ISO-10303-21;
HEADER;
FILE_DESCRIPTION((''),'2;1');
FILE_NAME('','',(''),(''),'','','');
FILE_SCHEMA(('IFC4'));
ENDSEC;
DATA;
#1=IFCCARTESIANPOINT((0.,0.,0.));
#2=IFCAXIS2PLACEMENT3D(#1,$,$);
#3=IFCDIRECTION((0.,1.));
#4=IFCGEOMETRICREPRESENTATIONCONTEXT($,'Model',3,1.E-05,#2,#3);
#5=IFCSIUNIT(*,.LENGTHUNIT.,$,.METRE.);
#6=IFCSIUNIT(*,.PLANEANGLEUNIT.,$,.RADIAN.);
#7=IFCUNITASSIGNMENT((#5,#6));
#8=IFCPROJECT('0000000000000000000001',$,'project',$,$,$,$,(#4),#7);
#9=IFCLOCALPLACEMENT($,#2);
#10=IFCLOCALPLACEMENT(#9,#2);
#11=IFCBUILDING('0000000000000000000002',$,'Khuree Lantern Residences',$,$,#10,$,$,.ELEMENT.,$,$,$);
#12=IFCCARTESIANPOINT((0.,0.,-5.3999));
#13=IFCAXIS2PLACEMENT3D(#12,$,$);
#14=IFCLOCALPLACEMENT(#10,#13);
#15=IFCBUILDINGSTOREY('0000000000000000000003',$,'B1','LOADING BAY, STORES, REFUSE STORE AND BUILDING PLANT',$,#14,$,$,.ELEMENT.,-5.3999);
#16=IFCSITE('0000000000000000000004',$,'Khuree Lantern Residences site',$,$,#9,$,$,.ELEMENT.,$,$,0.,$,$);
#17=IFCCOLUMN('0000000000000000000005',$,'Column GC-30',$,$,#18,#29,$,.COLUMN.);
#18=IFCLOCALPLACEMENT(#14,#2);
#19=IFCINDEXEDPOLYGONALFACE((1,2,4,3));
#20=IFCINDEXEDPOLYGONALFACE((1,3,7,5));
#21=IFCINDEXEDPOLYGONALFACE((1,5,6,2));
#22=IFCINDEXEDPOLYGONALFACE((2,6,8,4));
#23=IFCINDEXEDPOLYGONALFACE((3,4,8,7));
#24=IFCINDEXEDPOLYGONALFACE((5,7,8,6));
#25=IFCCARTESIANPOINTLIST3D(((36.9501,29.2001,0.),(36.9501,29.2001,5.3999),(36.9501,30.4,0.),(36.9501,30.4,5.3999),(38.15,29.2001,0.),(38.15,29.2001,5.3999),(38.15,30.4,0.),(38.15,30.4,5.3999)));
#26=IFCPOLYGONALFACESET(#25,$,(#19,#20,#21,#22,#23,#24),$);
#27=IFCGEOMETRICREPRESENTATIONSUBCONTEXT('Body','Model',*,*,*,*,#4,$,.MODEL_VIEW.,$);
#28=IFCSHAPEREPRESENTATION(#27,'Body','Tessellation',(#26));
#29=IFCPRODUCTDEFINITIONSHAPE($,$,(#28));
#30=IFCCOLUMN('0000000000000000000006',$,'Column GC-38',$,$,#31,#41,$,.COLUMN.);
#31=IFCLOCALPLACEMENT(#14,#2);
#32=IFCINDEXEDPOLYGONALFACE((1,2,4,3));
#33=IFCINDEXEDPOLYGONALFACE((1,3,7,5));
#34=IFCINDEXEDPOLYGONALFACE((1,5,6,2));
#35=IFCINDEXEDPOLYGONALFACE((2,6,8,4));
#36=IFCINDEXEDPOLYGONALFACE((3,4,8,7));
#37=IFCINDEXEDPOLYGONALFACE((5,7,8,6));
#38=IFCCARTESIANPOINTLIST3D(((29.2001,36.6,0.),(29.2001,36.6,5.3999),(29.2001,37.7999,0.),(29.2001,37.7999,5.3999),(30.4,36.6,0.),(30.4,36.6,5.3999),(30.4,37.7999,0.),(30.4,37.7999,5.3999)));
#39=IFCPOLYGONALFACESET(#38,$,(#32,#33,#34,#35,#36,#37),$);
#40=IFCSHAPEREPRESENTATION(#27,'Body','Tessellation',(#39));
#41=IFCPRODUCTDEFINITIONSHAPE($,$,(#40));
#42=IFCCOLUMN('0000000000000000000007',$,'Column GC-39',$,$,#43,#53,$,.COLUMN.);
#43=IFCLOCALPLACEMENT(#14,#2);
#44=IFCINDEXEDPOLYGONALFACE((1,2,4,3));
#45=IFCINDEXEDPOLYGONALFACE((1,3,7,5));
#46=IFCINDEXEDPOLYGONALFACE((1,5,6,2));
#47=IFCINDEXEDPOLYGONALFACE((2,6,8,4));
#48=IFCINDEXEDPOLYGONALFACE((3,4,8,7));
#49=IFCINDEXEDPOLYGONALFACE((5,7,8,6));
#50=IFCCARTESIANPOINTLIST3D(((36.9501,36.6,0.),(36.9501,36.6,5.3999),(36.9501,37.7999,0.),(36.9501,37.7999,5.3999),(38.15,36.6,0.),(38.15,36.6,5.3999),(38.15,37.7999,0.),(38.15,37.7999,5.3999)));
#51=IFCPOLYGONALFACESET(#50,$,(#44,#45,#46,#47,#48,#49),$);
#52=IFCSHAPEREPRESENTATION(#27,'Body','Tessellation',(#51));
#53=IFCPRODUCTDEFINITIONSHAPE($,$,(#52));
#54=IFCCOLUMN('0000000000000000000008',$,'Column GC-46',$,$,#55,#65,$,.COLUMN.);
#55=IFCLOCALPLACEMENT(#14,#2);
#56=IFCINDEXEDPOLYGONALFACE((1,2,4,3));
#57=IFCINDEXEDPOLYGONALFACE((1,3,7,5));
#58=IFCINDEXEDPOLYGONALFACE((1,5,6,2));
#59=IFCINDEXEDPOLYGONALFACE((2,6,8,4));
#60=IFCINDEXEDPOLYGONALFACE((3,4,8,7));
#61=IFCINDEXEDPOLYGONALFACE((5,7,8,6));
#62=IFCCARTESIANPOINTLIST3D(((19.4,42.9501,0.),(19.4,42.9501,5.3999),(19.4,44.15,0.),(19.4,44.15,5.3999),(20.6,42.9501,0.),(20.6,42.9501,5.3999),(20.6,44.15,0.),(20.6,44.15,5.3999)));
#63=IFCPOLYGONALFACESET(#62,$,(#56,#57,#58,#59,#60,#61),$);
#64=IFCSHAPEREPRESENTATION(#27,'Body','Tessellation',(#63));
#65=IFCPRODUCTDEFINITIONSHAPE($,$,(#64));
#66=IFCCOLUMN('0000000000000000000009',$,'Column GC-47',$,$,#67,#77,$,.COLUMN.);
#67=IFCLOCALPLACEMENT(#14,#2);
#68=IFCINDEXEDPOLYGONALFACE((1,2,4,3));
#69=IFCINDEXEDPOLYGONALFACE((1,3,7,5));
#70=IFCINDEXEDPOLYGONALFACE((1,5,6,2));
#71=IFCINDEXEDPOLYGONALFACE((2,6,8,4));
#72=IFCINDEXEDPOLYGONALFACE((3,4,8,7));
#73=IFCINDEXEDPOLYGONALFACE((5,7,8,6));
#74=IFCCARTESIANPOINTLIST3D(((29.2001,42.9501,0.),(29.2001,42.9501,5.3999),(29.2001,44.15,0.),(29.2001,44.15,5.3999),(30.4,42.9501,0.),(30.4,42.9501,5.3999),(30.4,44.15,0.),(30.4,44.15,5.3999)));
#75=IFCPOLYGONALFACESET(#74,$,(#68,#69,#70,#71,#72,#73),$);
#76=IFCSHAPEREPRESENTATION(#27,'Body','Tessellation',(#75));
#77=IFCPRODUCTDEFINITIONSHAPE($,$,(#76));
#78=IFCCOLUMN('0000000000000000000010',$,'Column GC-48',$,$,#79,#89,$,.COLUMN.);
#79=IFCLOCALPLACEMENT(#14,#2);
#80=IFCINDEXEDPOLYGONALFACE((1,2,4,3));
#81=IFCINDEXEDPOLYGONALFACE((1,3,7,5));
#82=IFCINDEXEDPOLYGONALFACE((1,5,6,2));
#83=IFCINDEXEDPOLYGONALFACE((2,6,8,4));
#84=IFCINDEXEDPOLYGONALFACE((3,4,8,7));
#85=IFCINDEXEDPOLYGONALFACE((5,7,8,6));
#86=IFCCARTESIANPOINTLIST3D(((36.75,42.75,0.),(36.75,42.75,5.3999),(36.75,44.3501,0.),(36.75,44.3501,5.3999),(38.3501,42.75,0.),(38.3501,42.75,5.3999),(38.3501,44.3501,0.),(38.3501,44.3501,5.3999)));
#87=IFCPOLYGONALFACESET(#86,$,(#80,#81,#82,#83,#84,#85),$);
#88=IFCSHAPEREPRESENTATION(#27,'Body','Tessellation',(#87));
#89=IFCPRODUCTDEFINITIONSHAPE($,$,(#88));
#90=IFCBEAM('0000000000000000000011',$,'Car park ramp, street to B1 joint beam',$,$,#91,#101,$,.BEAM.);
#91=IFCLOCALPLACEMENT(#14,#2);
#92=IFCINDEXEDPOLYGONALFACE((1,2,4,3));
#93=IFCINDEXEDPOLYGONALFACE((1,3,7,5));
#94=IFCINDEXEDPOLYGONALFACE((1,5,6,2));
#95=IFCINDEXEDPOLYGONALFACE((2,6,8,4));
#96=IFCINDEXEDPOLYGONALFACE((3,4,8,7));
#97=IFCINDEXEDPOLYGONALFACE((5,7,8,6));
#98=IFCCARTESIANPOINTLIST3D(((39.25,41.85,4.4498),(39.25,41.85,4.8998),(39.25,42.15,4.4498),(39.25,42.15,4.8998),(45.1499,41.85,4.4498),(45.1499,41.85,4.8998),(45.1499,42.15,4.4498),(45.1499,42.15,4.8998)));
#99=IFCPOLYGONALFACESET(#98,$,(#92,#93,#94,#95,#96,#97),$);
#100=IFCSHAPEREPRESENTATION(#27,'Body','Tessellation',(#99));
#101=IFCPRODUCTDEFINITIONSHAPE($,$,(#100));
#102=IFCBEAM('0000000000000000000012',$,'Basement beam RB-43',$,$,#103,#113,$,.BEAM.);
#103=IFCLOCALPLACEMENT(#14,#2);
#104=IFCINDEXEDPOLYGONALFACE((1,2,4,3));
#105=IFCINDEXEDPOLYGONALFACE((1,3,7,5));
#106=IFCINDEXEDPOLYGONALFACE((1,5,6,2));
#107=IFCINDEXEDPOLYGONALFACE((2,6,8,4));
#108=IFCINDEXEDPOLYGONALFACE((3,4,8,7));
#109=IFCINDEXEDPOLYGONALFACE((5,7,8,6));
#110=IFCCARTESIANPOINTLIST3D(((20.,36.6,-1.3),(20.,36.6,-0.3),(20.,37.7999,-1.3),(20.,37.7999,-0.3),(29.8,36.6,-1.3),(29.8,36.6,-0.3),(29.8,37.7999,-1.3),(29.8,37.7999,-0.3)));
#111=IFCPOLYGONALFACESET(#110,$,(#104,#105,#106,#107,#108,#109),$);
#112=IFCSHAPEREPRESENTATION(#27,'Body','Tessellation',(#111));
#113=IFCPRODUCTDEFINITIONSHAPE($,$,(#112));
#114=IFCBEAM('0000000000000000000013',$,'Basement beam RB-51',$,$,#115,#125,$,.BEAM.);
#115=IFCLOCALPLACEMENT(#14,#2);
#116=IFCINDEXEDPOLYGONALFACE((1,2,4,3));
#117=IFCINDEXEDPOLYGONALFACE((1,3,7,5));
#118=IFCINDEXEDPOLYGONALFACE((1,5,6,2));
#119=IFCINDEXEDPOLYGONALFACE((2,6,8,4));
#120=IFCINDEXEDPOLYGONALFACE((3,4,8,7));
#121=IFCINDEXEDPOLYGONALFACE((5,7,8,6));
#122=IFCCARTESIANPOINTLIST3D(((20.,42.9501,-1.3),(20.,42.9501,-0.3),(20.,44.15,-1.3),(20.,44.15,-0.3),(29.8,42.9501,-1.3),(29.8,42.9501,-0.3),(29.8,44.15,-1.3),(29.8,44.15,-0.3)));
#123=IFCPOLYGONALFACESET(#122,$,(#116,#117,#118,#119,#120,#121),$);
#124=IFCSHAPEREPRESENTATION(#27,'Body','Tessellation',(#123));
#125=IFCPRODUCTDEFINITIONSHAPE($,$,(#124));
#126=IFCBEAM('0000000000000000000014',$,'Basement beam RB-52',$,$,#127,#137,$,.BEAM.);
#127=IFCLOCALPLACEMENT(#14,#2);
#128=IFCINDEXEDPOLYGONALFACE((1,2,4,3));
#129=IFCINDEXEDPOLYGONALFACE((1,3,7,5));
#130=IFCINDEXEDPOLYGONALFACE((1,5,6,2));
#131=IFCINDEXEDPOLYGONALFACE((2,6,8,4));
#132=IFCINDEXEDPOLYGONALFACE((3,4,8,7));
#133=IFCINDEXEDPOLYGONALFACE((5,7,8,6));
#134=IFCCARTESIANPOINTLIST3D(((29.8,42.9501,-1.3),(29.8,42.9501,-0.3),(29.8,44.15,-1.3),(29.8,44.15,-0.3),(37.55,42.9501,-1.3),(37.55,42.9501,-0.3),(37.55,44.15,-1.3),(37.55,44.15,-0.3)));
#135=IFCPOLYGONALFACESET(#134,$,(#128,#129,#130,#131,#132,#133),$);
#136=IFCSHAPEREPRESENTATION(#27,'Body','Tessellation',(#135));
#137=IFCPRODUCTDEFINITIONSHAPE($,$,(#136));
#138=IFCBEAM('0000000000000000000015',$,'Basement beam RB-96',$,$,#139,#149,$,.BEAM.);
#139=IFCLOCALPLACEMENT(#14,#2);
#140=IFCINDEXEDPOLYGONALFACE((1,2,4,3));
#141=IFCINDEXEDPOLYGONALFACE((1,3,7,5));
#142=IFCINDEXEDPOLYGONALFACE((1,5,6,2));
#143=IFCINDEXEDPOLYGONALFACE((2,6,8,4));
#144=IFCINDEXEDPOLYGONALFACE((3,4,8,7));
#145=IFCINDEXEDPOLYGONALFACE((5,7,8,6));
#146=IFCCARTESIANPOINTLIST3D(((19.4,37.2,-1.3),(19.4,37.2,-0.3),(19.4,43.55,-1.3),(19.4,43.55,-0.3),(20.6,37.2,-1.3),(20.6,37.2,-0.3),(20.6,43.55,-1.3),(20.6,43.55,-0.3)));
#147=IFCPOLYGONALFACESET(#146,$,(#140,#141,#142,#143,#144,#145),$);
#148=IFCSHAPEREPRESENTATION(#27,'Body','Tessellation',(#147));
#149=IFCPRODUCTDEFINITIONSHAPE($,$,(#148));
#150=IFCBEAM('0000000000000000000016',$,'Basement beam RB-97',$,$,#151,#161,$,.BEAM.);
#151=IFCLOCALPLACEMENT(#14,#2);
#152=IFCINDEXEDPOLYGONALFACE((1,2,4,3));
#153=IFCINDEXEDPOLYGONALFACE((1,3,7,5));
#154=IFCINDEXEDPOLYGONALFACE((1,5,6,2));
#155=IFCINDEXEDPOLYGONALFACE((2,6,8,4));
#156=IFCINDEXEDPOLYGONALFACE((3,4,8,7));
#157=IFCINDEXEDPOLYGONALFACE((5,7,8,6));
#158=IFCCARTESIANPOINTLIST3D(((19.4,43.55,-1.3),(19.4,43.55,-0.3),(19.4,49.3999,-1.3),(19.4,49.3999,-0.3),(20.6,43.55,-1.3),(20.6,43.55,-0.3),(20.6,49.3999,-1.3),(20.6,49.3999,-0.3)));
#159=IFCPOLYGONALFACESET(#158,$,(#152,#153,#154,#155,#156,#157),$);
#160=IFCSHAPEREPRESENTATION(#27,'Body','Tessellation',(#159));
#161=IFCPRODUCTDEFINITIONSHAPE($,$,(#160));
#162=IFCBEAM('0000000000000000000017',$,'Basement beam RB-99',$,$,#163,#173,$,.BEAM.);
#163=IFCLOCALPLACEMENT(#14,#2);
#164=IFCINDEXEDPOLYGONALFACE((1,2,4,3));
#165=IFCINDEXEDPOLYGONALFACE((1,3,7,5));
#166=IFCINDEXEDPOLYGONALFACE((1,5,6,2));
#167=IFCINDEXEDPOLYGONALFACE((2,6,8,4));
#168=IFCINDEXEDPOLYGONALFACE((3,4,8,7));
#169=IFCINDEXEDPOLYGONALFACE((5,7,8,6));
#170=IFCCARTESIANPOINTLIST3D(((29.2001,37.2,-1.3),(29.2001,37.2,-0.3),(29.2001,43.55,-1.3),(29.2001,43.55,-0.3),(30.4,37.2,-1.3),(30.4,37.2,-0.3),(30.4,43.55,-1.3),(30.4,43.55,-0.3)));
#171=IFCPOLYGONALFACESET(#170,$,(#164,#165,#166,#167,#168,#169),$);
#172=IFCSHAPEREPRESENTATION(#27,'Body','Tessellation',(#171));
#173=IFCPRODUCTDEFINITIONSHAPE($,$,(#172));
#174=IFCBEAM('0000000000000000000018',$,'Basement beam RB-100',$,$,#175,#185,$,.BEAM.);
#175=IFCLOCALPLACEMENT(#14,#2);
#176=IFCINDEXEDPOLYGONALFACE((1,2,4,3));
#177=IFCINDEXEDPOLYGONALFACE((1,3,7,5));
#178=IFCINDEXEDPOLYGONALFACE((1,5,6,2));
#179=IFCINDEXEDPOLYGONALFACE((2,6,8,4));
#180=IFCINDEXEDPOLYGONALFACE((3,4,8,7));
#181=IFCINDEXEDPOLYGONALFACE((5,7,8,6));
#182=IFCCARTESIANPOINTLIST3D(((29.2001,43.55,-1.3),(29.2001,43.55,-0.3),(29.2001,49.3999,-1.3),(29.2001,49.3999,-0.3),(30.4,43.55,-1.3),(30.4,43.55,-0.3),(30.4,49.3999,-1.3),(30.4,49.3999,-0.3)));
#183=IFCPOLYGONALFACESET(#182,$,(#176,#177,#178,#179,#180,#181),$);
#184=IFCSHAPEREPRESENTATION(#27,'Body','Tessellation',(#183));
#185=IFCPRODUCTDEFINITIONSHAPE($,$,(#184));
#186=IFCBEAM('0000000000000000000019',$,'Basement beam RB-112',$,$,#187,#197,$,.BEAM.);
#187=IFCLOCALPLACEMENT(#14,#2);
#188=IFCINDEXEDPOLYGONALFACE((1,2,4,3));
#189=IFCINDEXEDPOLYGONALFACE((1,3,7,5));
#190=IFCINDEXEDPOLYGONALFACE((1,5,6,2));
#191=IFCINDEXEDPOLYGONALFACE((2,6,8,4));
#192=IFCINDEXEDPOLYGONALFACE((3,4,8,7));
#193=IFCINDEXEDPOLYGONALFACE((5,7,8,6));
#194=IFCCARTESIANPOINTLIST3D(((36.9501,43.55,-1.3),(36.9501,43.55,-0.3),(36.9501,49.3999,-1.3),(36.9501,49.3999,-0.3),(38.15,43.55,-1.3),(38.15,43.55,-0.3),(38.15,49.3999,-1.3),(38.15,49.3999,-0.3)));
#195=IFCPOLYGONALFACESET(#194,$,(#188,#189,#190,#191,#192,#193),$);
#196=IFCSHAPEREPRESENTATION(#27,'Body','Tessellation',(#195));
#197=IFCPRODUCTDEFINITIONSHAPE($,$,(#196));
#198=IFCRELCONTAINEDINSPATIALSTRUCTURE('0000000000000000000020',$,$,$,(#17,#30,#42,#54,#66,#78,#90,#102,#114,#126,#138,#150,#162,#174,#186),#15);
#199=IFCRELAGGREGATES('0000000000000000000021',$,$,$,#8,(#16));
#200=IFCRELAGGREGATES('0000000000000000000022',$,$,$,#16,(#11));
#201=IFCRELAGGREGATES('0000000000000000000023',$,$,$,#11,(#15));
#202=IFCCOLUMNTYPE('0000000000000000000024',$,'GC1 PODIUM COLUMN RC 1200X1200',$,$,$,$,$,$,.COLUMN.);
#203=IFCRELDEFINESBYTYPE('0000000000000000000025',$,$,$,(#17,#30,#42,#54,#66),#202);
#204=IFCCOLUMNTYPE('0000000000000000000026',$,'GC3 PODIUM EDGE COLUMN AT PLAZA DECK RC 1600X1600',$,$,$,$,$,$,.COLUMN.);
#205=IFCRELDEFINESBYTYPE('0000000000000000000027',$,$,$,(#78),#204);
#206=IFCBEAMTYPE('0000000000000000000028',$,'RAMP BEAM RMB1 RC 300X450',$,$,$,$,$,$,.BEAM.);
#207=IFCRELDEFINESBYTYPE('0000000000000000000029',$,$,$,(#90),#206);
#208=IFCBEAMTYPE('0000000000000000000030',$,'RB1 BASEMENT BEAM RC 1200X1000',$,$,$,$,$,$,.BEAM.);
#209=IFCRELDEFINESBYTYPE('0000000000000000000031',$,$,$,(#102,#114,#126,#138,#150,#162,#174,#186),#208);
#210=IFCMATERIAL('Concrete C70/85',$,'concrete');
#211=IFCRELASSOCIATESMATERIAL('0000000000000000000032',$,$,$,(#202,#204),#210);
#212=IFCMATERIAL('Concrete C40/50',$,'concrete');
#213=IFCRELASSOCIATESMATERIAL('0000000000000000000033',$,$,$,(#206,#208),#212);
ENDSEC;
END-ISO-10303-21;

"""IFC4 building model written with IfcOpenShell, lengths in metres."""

from ifc_helpers import new_model, si_unit, direction, frame, origin, origin_2d, place, context, subcontext, project, spatial, rectangle, extrude, material, material_profile, profile_set, type_object, element, save


model = new_model("IFC4")

# Units and contexts
model_context = context("Model", 3, precision=1e-05, world=origin(), true_north=direction((0.0, 1.0)))
body_context = subcontext(model_context, "Body", "Model", "MODEL_VIEW")
ifc_project = project(units=[si_unit("LENGTHUNIT", "METRE"), si_unit("PLANEANGLEUNIT", "RADIAN")], contexts=[model_context])

# Site, building, storey
site_placement = place(None, origin())
site = spatial("IfcSite", under=ifc_project, at=site_placement, Name="Khuree Lantern Residences site", CompositionType="ELEMENT", RefElevation=0.0)
building_placement = place(site_placement, origin())
building = spatial("IfcBuilding", under=site, at=building_placement, Name="Khuree Lantern Residences", CompositionType="ELEMENT")
storey_placement = place(building_placement, frame((0.0, 0.0, -5.3999)))
storey = spatial("IfcBuildingStorey", under=building, at=storey_placement, Name="B1", Description="LOADING BAY, STORES, REFUSE STORE AND BUILDING PLANT", CompositionType="ELEMENT", Elevation=-5.3999)

# Columns
ifc_material_1 = material(Name="Concrete C70/85", Category="concrete")
ifc_material_profile_1 = material_profile(ifc_material_1, rectangle(XDim=1.2, YDim=1.2, at=origin_2d()), Name="RC 1200X1200")
ifc_profile_set_1 = profile_set([ifc_material_profile_1], Name="Concrete C70/85")
column_type_1 = type_object("IfcColumnType", Name="GC1 PODIUM COLUMN RC 1200X1200", PredefinedType="COLUMN", material=ifc_profile_set_1)
for number, where, z_axis, x_axis, name in (
    (1, (37.55, 29.8, 0.0), (0.0, 0.0, 1.0), (1.0, 0.0, 0.0), "Column GC-30"),
    (2, (29.8, 37.2, 0.0), (0.0, 0.0, 1.0), (1.0, 0.0, 0.0), "Column GC-38"),
    (3, (37.55, 37.2, 0.0), (0.0, 0.0, 1.0), (1.0, 0.0, 0.0), "Column GC-39"),
    (4, (20.0, 43.55, 0.0), (0.0, 0.0, 1.0), (1.0, 0.0, 0.0), "Column GC-46"),
    (5, (29.8, 43.55, 0.0), (0.0, 0.0, 1.0), (1.0, 0.0, 0.0), "Column GC-47"),
):
    element("IfcColumn", number, at=place(storey_placement, frame(where, z_axis=z_axis, x_axis=x_axis)), inside=storey, type_object=column_type_1, Name=name, PredefinedType="COLUMN", context=body_context, shape_type="SweptSolid", body=[
        extrude(rectangle(XDim=1.2, YDim=1.2, at=origin_2d()), origin(), (0.0, 0.0, 1.0), 5.3999),
    ])
ifc_material_profile_2 = material_profile(ifc_material_1, rectangle(XDim=1.6001, YDim=1.6001, at=origin_2d()), Name="RC 1600X1600")
ifc_profile_set_2 = profile_set([ifc_material_profile_2], Name="Concrete C70/85")
column_type_2 = type_object("IfcColumnType", Name="GC3 PODIUM EDGE COLUMN AT PLAZA DECK RC 1600X1600", PredefinedType="COLUMN", material=ifc_profile_set_2)
column_placement = place(storey_placement, frame((37.55, 43.55, 0.0), z_axis=(0.0, 0.0, 1.0), x_axis=(1.0, 0.0, 0.0)))
element("IfcColumn", 6, at=column_placement, inside=storey, type_object=column_type_2, Name="Column GC-48", PredefinedType="COLUMN", context=body_context, shape_type="SweptSolid", body=[
    extrude(rectangle(XDim=1.6001, YDim=1.6001, at=origin_2d()), origin(), (0.0, 0.0, 1.0), 5.3999),
])

# Beams
ifc_material_2 = material(Name="Concrete C40/50", Category="concrete")
ifc_material_profile_3 = material_profile(ifc_material_2, rectangle(XDim=0.3, YDim=0.45, at=origin_2d()), Name="RC 300X450")
ifc_profile_set_3 = profile_set([ifc_material_profile_3], Name="Concrete C40/50")
beam_type_1 = type_object("IfcBeamType", Name="RAMP BEAM RMB1 RC 300X450", PredefinedType="BEAM", material=ifc_profile_set_3)
beam_1_placement = place(storey_placement, frame((39.25, 42.0, 4.6748), z_axis=(1.0, 0.0, 0.0), x_axis=(0.0, 1.0, 0.0)))
element("IfcBeam", 7, at=beam_1_placement, inside=storey, type_object=beam_type_1, Name="Car park ramp, street to B1 joint beam", PredefinedType="BEAM", context=body_context, shape_type="SweptSolid", body=[
    extrude(rectangle(XDim=0.3, YDim=0.45, at=origin_2d()), origin(), (0.0, 0.0, 1.0), 5.8999),
])
ifc_material_profile_4 = material_profile(ifc_material_2, rectangle(XDim=1.2, YDim=1.0, at=origin_2d()), Name="RC 1200X1000")
ifc_profile_set_4 = profile_set([ifc_material_profile_4], Name="Concrete C40/50")
beam_type_2 = type_object("IfcBeamType", Name="RB1 BASEMENT BEAM RC 1200X1000", PredefinedType="BEAM", material=ifc_profile_set_4)
for number, where, z_axis, x_axis, name in (
    (8, (20.0, 37.2, -0.8), (1.0, 0.0, 0.0), (0.0, 1.0, 0.0), "Basement beam RB-43"),
    (9, (20.0, 43.55, -0.8), (1.0, 0.0, 0.0), (0.0, 1.0, 0.0), "Basement beam RB-51"),
):
    element("IfcBeam", number, at=place(storey_placement, frame(where, z_axis=z_axis, x_axis=x_axis)), inside=storey, type_object=beam_type_2, Name=name, PredefinedType="BEAM", context=body_context, shape_type="SweptSolid", body=[
        extrude(rectangle(XDim=1.2, YDim=1.0, at=origin_2d()), origin(), (0.0, 0.0, 1.0), 9.8),
    ])
beam_2_placement = place(storey_placement, frame((29.8, 43.55, -0.8), z_axis=(1.0, 0.0, 0.0), x_axis=(0.0, 1.0, 0.0)))
element("IfcBeam", 10, at=beam_2_placement, inside=storey, type_object=beam_type_2, Name="Basement beam RB-52", PredefinedType="BEAM", context=body_context, shape_type="SweptSolid", body=[
    extrude(rectangle(XDim=1.2, YDim=1.0, at=origin_2d()), origin(), (0.0, 0.0, 1.0), 7.75),
])
beam_3_placement = place(storey_placement, frame((20.0, 37.2, -0.8), z_axis=(0.0, 1.0, 0.0), x_axis=(-1.0, 0.0, 0.0)))
element("IfcBeam", 11, at=beam_3_placement, inside=storey, type_object=beam_type_2, Name="Basement beam RB-96", PredefinedType="BEAM", context=body_context, shape_type="SweptSolid", body=[
    extrude(rectangle(XDim=1.2, YDim=1.0, at=origin_2d()), origin(), (0.0, 0.0, 1.0), 6.3501),
])
beam_4_placement = place(storey_placement, frame((20.0, 43.55, -0.8), z_axis=(0.0, 1.0, 0.0), x_axis=(-1.0, 0.0, 0.0)))
element("IfcBeam", 12, at=beam_4_placement, inside=storey, type_object=beam_type_2, Name="Basement beam RB-97", PredefinedType="BEAM", context=body_context, shape_type="SweptSolid", body=[
    extrude(rectangle(XDim=1.2, YDim=1.0, at=origin_2d()), origin(), (0.0, 0.0, 1.0), 5.8499),
])
beam_5_placement = place(storey_placement, frame((29.8, 37.2, -0.8), z_axis=(0.0, 1.0, 0.0), x_axis=(-1.0, 0.0, 0.0)))
element("IfcBeam", 13, at=beam_5_placement, inside=storey, type_object=beam_type_2, Name="Basement beam RB-99", PredefinedType="BEAM", context=body_context, shape_type="SweptSolid", body=[
    extrude(rectangle(XDim=1.2, YDim=1.0, at=origin_2d()), origin(), (0.0, 0.0, 1.0), 6.3501),
])
for number, where, z_axis, x_axis, name in (
    (14, (29.8, 43.55, -0.8), (0.0, 1.0, 0.0), (-1.0, 0.0, 0.0), "Basement beam RB-100"),
    (15, (37.55, 43.55, -0.8), (0.0, 1.0, 0.0), (-1.0, 0.0, 0.0), "Basement beam RB-112"),
):
    element("IfcBeam", number, at=place(storey_placement, frame(where, z_axis=z_axis, x_axis=x_axis)), inside=storey, type_object=beam_type_2, Name=name, PredefinedType="BEAM", context=body_context, shape_type="SweptSolid", body=[
        extrude(rectangle(XDim=1.2, YDim=1.0, at=origin_2d()), origin(), (0.0, 0.0, 1.0), 5.8499),
    ])

save(model, "model.ifc")
